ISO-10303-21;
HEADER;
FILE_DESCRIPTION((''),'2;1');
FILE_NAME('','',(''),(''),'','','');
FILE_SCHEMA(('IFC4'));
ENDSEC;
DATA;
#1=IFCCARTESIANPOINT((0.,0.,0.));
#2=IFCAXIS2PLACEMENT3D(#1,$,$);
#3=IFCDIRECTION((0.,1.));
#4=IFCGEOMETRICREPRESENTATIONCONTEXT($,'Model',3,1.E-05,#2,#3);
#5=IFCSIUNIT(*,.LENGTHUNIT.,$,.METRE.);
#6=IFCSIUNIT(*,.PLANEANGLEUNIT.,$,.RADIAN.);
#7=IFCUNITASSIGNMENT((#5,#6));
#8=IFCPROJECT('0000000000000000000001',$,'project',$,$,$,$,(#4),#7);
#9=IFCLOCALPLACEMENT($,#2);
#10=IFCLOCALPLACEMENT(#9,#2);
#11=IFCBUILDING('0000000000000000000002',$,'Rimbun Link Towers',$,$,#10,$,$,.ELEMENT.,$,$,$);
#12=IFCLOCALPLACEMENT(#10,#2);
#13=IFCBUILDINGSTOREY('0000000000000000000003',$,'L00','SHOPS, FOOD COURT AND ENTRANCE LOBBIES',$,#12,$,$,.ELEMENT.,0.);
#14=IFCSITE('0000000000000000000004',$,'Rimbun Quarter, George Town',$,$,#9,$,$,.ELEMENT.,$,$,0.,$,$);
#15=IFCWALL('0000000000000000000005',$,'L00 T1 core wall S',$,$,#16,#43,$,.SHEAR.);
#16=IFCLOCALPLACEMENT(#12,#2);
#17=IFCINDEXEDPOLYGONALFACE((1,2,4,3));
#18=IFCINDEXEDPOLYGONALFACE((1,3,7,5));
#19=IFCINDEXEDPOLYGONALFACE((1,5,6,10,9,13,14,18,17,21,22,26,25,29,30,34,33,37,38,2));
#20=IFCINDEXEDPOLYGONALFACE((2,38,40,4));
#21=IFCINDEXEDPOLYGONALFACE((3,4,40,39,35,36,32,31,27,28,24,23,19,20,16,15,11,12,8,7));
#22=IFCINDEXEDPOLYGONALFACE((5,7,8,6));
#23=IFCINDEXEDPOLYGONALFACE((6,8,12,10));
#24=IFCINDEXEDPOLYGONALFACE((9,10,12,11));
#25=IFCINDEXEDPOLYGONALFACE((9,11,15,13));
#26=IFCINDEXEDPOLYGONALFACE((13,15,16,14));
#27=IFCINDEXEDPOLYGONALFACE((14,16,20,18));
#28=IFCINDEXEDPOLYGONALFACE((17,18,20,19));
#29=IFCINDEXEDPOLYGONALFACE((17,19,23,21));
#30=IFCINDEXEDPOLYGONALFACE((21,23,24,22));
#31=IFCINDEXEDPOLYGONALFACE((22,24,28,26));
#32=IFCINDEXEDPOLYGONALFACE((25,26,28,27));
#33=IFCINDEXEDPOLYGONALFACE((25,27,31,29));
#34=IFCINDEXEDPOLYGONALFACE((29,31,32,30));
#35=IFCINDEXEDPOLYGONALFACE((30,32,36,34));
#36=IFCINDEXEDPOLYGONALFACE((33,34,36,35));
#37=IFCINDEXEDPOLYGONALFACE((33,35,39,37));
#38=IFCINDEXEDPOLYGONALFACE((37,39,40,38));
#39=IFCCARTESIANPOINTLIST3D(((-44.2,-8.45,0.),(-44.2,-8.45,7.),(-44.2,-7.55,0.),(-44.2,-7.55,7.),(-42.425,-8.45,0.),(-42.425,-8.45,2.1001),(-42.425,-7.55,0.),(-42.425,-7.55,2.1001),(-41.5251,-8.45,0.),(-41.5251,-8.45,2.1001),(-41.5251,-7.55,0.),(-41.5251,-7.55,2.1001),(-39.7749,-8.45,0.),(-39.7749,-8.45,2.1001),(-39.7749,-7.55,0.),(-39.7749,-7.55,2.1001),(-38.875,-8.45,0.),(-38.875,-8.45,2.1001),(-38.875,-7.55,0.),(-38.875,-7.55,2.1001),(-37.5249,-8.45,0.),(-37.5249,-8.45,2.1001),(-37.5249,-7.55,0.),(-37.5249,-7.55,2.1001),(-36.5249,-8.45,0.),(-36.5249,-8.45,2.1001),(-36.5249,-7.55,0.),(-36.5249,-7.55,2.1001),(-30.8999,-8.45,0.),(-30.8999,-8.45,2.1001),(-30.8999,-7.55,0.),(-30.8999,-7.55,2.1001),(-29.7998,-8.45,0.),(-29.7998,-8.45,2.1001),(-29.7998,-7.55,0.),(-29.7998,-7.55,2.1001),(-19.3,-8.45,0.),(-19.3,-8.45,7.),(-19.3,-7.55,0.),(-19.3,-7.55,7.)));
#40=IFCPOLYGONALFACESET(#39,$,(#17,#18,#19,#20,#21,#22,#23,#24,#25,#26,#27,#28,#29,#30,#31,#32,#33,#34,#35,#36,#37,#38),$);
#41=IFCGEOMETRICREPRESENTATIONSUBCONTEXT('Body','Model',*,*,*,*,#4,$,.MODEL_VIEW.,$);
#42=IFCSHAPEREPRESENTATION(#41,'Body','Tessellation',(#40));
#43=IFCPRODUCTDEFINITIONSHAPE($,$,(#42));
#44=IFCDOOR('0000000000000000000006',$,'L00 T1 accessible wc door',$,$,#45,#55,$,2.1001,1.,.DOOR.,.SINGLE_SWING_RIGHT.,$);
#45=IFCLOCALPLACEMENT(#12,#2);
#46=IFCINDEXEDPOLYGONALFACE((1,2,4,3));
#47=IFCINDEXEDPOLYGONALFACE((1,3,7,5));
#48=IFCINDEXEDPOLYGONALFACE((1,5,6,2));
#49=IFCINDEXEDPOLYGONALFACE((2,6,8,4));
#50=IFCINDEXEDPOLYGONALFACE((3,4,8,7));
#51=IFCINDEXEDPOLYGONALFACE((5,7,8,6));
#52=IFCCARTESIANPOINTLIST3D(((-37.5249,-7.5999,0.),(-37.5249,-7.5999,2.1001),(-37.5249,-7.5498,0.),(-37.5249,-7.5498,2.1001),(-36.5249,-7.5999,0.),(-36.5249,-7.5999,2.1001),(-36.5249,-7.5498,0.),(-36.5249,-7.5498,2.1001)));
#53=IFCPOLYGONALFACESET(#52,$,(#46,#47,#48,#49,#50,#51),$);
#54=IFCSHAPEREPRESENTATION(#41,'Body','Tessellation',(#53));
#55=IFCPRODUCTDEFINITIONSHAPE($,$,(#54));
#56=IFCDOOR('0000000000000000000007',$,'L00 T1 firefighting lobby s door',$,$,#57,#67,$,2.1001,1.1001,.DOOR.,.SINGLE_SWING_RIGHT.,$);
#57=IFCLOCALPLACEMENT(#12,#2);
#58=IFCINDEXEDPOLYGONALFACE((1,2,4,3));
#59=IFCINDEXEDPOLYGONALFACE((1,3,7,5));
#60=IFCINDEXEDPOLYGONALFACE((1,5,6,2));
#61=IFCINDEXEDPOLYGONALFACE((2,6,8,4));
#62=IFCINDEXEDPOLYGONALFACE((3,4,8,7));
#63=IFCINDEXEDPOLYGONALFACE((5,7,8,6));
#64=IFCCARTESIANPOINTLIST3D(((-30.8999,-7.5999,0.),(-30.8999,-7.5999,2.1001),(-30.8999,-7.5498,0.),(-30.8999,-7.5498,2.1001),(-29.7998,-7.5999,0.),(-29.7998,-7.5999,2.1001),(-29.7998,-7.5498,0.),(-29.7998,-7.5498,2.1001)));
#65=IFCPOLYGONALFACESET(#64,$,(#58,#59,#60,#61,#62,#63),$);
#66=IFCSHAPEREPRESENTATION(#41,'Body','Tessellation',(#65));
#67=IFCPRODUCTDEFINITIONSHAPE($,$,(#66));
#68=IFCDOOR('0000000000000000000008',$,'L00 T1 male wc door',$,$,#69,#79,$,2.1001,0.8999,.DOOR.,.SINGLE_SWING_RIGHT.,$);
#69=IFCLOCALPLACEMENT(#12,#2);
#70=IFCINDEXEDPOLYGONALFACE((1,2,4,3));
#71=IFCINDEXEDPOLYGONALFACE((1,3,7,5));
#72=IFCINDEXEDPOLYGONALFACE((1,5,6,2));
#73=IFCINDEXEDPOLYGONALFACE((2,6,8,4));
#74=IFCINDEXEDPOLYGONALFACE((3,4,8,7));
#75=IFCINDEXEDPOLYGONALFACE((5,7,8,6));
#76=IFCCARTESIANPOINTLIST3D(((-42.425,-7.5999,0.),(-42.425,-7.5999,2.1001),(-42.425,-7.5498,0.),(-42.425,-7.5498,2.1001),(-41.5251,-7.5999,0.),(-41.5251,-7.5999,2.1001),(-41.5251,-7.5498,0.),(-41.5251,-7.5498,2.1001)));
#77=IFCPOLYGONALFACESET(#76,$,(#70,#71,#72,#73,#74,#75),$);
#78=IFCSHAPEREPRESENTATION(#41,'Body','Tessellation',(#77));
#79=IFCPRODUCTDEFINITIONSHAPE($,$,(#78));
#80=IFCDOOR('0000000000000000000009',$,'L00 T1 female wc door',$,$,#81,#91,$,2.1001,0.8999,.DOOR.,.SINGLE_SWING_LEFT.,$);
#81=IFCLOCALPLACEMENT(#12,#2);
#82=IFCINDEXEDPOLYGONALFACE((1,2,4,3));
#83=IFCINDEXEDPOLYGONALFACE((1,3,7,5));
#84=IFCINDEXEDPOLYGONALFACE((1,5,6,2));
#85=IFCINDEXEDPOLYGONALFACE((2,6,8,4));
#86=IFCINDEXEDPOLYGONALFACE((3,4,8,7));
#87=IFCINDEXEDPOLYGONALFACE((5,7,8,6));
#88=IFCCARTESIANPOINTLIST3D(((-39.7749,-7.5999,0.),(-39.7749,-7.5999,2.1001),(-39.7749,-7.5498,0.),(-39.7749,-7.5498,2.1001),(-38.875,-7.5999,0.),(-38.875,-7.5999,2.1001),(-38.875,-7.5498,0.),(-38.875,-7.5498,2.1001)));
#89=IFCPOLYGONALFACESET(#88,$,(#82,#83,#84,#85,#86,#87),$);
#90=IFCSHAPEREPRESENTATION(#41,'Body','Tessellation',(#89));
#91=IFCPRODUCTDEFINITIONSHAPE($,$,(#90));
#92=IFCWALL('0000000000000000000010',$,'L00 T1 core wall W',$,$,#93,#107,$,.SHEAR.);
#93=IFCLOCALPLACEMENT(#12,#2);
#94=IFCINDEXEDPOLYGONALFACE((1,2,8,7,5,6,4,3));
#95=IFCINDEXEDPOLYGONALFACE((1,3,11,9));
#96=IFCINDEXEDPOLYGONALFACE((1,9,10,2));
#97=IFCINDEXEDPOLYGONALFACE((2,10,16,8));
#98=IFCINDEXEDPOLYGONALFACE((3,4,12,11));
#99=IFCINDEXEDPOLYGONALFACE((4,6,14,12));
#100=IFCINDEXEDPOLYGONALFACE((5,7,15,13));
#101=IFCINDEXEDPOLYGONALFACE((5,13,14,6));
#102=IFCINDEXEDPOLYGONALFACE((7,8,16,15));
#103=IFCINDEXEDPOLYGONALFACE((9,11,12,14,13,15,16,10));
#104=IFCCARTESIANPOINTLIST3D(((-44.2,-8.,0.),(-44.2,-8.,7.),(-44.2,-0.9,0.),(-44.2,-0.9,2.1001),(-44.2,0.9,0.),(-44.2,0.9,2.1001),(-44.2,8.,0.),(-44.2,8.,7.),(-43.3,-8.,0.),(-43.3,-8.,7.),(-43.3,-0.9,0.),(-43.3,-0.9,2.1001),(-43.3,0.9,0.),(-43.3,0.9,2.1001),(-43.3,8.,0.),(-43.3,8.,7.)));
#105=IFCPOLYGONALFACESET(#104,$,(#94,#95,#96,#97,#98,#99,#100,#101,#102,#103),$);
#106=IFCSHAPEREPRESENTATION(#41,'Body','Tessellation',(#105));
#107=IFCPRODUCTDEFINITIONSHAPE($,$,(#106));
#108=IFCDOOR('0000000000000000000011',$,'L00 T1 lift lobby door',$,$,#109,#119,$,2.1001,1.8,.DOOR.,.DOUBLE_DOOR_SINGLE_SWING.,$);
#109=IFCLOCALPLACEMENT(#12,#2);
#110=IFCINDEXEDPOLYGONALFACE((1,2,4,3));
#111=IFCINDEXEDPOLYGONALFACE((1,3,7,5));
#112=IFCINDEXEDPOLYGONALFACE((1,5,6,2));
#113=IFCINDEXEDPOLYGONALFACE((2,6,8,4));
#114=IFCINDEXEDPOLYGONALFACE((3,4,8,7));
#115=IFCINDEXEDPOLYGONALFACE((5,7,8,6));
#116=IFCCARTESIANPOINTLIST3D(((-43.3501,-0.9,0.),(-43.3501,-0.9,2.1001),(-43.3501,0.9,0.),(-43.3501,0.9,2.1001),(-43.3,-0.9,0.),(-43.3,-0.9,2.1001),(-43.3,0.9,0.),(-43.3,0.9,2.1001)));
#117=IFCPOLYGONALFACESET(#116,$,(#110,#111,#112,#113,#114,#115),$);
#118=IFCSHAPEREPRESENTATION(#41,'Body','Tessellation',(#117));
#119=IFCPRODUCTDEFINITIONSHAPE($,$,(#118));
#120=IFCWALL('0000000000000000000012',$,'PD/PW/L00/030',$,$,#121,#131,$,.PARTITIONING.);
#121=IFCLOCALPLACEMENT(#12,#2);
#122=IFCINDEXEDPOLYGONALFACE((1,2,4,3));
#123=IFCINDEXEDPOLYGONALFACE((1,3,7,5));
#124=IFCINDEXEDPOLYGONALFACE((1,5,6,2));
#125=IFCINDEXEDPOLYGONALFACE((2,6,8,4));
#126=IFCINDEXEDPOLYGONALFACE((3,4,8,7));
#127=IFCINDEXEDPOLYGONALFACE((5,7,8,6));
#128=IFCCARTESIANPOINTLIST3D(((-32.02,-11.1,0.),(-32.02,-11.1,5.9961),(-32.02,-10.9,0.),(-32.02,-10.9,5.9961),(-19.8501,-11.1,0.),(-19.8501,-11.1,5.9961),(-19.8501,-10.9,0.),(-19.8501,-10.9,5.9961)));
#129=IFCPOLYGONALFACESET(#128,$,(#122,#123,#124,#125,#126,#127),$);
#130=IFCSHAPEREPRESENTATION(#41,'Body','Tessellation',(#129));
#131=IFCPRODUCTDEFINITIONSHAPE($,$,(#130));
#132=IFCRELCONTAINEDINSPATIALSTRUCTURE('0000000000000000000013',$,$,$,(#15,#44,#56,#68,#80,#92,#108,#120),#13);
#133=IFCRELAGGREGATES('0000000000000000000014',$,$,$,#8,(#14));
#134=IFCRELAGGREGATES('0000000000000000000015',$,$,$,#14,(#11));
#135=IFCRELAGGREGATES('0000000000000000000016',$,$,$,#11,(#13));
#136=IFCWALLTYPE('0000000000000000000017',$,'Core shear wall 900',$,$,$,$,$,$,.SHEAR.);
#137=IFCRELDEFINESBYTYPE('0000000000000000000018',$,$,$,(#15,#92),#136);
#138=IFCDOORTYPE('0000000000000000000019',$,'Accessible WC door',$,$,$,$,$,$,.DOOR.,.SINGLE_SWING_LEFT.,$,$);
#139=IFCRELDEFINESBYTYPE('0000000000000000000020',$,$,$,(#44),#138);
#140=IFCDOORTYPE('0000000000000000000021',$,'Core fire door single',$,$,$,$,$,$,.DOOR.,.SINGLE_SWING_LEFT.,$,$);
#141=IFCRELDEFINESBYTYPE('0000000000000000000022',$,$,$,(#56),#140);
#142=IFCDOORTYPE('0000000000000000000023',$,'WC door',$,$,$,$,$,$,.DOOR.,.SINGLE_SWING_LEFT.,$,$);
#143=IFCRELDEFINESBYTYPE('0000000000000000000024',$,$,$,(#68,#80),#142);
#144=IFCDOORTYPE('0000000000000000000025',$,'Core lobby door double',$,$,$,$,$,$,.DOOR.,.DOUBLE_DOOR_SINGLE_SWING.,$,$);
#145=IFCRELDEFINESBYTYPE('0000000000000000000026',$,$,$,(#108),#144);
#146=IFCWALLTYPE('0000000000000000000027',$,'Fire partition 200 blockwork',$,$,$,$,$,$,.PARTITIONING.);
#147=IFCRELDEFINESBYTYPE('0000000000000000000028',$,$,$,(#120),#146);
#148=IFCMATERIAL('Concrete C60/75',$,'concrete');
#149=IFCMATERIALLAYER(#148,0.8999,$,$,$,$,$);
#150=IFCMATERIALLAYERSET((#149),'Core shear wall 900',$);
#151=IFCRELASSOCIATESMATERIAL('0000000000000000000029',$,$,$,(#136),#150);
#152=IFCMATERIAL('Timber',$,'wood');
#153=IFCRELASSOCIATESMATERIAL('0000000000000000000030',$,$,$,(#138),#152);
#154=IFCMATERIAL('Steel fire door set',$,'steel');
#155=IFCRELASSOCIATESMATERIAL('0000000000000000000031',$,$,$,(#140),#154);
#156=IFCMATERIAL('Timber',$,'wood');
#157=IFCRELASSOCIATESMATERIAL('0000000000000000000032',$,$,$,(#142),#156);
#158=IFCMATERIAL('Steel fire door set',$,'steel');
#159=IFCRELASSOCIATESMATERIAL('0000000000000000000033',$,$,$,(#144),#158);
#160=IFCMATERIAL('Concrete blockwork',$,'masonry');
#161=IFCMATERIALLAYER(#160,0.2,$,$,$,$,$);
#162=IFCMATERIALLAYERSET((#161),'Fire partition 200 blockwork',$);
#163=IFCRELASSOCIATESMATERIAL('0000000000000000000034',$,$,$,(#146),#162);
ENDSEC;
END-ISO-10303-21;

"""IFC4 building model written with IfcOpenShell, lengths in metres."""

from ifc_helpers import new_model, si_unit, direction, frame, frame_2d, origin, place, context, subcontext, project, spatial, rectangle, extrude, material, layer, layer_set, type_object, element, fill, save


model = new_model("IFC4")

# Units and contexts
model_context = context("Model", 3, precision=1e-05, world=origin(), true_north=direction((0.0, 1.0)))
body_context = subcontext(model_context, "Body", "Model", "MODEL_VIEW")
ifc_project = project(units=[si_unit("LENGTHUNIT", "METRE"), si_unit("PLANEANGLEUNIT", "RADIAN")], contexts=[model_context])

# Site, building, storey
site_placement = place(None, origin())
site = spatial("IfcSite", under=ifc_project, at=site_placement, Name="Rimbun Quarter, George Town", CompositionType="ELEMENT", RefElevation=0.0)
building_placement = place(site_placement, origin())
building = spatial("IfcBuilding", under=site, at=building_placement, Name="Rimbun Link Towers", CompositionType="ELEMENT")
storey_placement = place(building_placement, origin())
storey = spatial("IfcBuildingStorey", under=building, at=storey_placement, Name="L00", Description="SHOPS, FOOD COURT AND ENTRANCE LOBBIES", CompositionType="ELEMENT", Elevation=0.0)

# Wall, openings, doors
ifc_material_1 = material(Name="Concrete C60/75", Category="concrete")
ifc_layer_1 = layer(ifc_material_1, 0.8999)
ifc_layer_set_1 = layer_set([ifc_layer_1], Name="Core shear wall 900")
wall_type_1 = type_object("IfcWallType", Name="Core shear wall 900", PredefinedType="SHEAR", material=ifc_layer_set_1)
wall_1_placement = place(storey_placement, frame((-44.2, -8.0, 0.0), z_axis=(0.0, 0.0, 1.0), x_axis=(1.0, 0.0, 0.0)))
wall_1 = element("IfcWall", 1, at=wall_1_placement, inside=storey, type_object=wall_type_1, Name="L00 T1 core wall S", PredefinedType="SHEAR", context=body_context, shape_type="SweptSolid", body=[
    extrude(rectangle(XDim=24.8999, YDim=0.8999, at=frame_2d((12.45, 0.0))), origin(), (0.0, 0.0, 1.0), 7.0),
])
opening_1_placement = place(wall_1_placement, frame((13.3, 0.0, 0.0)))
opening_1 = element("IfcOpeningElement", 2, at=opening_1_placement, cuts=wall_1, PredefinedType="OPENING", context=body_context, shape_type="SweptSolid", body=[
    extrude(rectangle(XDim=1.1001, YDim=2.1001, at=frame_2d((0.55, 1.05))), frame((0.0, 0.46, 0.0), z_axis=(0.0, -1.0, 0.0), x_axis=(1.0, 0.0, 0.0)), (0.0, 0.0, 1.0), 0.9199),
])
opening_2_placement = place(wall_1_placement, frame((1.7749, 0.0, 0.0)))
opening_2 = element("IfcOpeningElement", 3, at=opening_2_placement, cuts=wall_1, PredefinedType="OPENING", context=body_context, shape_type="SweptSolid", body=[
    extrude(rectangle(XDim=0.8999, YDim=2.1001, at=frame_2d((0.45, 1.05))), frame((0.0, 0.46, 0.0), z_axis=(0.0, -1.0, 0.0), x_axis=(1.0, 0.0, 0.0)), (0.0, 0.0, 1.0), 0.9199),
])
opening_3_placement = place(wall_1_placement, frame((4.425, 0.0, 0.0)))
opening_3 = element("IfcOpeningElement", 4, at=opening_3_placement, cuts=wall_1, PredefinedType="OPENING", context=body_context, shape_type="SweptSolid", body=[
    extrude(rectangle(XDim=0.8999, YDim=2.1001, at=frame_2d((0.45, 1.05))), frame((0.0, 0.46, 0.0), z_axis=(0.0, -1.0, 0.0), x_axis=(1.0, 0.0, 0.0)), (0.0, 0.0, 1.0), 0.9199),
])
opening_4_placement = place(wall_1_placement, frame((6.675, 0.0, 0.0)))
opening_4 = element("IfcOpeningElement", 5, at=opening_4_placement, cuts=wall_1, PredefinedType="OPENING", context=body_context, shape_type="SweptSolid", body=[
    extrude(rectangle(XDim=1.0, YDim=2.1001, at=frame_2d((0.5, 1.05))), frame((0.0, 0.46, 0.0), z_axis=(0.0, -1.0, 0.0), x_axis=(1.0, 0.0, 0.0)), (0.0, 0.0, 1.0), 0.9199),
])
ifc_material_2 = material(Name="Timber", Category="wood")
door_type_1 = type_object("IfcDoorType", Name="Accessible WC door", OperationType="SINGLE_SWING_LEFT", PredefinedType="DOOR", material=ifc_material_2)
door_1_placement = place(opening_4_placement, origin())
door_1 = element("IfcDoor", 6, at=door_1_placement, inside=storey, type_object=door_type_1, Name="L00 T1 accessible wc door", OperationType="SINGLE_SWING_RIGHT", OverallHeight=2.1001, OverallWidth=1.0, PredefinedType="DOOR", context=body_context, shape_type="SweptSolid", body=[
    extrude(rectangle(XDim=1.0, YDim=2.1001, at=frame_2d((0.5, 1.05))), frame((0.0, 0.4502, 0.0), z_axis=(0.0, -1.0, 0.0), x_axis=(1.0, 0.0, 0.0)), (0.0, 0.0, 1.0), 0.05),
])
fill(opening_4, door_1)
ifc_material_3 = material(Name="Steel fire door set", Category="steel")
door_type_2 = type_object("IfcDoorType", Name="Core fire door single", OperationType="SINGLE_SWING_LEFT", PredefinedType="DOOR", material=ifc_material_3)
door_2_placement = place(opening_1_placement, origin())
door_2 = element("IfcDoor", 7, at=door_2_placement, inside=storey, type_object=door_type_2, Name="L00 T1 firefighting lobby s door", OperationType="SINGLE_SWING_RIGHT", OverallHeight=2.1001, OverallWidth=1.1001, PredefinedType="DOOR", context=body_context, shape_type="SweptSolid", body=[
    extrude(rectangle(XDim=1.1001, YDim=2.1001, at=frame_2d((0.55, 1.05))), frame((0.0, 0.4502, 0.0), z_axis=(0.0, -1.0, 0.0), x_axis=(1.0, 0.0, 0.0)), (0.0, 0.0, 1.0), 0.05),
])
fill(opening_1, door_2)
ifc_material_4 = material(Name="Timber", Category="wood")
door_type_3 = type_object("IfcDoorType", Name="WC door", OperationType="SINGLE_SWING_LEFT", PredefinedType="DOOR", material=ifc_material_4)
door_3_placement = place(opening_2_placement, origin())
door_3 = element("IfcDoor", 8, at=door_3_placement, inside=storey, type_object=door_type_3, Name="L00 T1 male wc door", OperationType="SINGLE_SWING_RIGHT", OverallHeight=2.1001, OverallWidth=0.8999, PredefinedType="DOOR", context=body_context, shape_type="SweptSolid", body=[
    extrude(rectangle(XDim=0.8999, YDim=2.1001, at=frame_2d((0.45, 1.05))), frame((0.0, 0.4502, 0.0), z_axis=(0.0, -1.0, 0.0), x_axis=(1.0, 0.0, 0.0)), (0.0, 0.0, 1.0), 0.05),
])
fill(opening_2, door_3)
door_4_placement = place(opening_3_placement, origin())
door_4 = element("IfcDoor", 9, at=door_4_placement, inside=storey, type_object=door_type_3, Name="L00 T1 female wc door", OperationType="SINGLE_SWING_LEFT", OverallHeight=2.1001, OverallWidth=0.8999, PredefinedType="DOOR", context=body_context, shape_type="SweptSolid", body=[
    extrude(rectangle(XDim=0.8999, YDim=2.1001, at=frame_2d((0.45, 1.05))), frame((0.0, 0.4502, 0.0), z_axis=(0.0, -1.0, 0.0), x_axis=(1.0, 0.0, 0.0)), (0.0, 0.0, 1.0), 0.05),
])
fill(opening_3, door_4)

# Wall, opening, door
wall_2_placement = place(storey_placement, frame((-43.75, -8.0, 0.0), z_axis=(0.0, 0.0, 1.0), x_axis=(0.0, 1.0, 0.0)))
wall_2 = element("IfcWall", 10, at=wall_2_placement, inside=storey, type_object=wall_type_1, Name="L00 T1 core wall W", PredefinedType="SHEAR", context=body_context, shape_type="SweptSolid", body=[
    extrude(rectangle(XDim=16.0, YDim=0.8999, at=frame_2d((8.0, 0.0))), origin(), (0.0, 0.0, 1.0), 7.0),
])
opening_5_placement = place(wall_2_placement, frame((7.1001, 0.0, 0.0)))
opening_5 = element("IfcOpeningElement", 11, at=opening_5_placement, cuts=wall_2, PredefinedType="OPENING", context=body_context, shape_type="SweptSolid", body=[
    extrude(rectangle(XDim=1.8, YDim=2.1001, at=frame_2d((0.8999, 1.05))), frame((0.0, 0.46, 0.0), z_axis=(0.0, -1.0, 0.0), x_axis=(1.0, 0.0, 0.0)), (0.0, 0.0, 1.0), 0.9199),
])
ifc_material_5 = material(Name="Steel fire door set", Category="steel")
door_type_4 = type_object("IfcDoorType", Name="Core lobby door double", OperationType="DOUBLE_DOOR_SINGLE_SWING", PredefinedType="DOOR", material=ifc_material_5)
door_5_placement = place(opening_5_placement, origin())
door_5 = element("IfcDoor", 12, at=door_5_placement, inside=storey, type_object=door_type_4, Name="L00 T1 lift lobby door", OperationType="DOUBLE_DOOR_SINGLE_SWING", OverallHeight=2.1001, OverallWidth=1.8, PredefinedType="DOOR", context=body_context, shape_type="SweptSolid", body=[
    extrude(rectangle(XDim=1.8, YDim=2.1001, at=frame_2d((0.8999, 1.05))), frame((0.0, -0.3999, 0.0), z_axis=(0.0, -1.0, 0.0), x_axis=(1.0, 0.0, 0.0)), (0.0, 0.0, 1.0), 0.05),
])
fill(opening_5, door_5)

# Wall
ifc_material_6 = material(Name="Concrete blockwork", Category="masonry")
ifc_layer_2 = layer(ifc_material_6, 0.2)
ifc_layer_set_2 = layer_set([ifc_layer_2], Name="Fire partition 200 blockwork")
wall_type_2 = type_object("IfcWallType", Name="Fire partition 200 blockwork", PredefinedType="PARTITIONING", material=ifc_layer_set_2)
wall_3_placement = place(storey_placement, frame((-32.02, -11.0, 0.0), z_axis=(0.0, 0.0, 1.0), x_axis=(1.0, 0.0, 0.0)))
element("IfcWall", 13, at=wall_3_placement, inside=storey, type_object=wall_type_2, Name="PD/PW/L00/030", PredefinedType="PARTITIONING", context=body_context, shape_type="SweptSolid", body=[
    extrude(rectangle(XDim=12.1699, YDim=0.2, at=frame_2d((6.085, 0.0))), origin(), (0.0, 0.0, 1.0), 5.9961),
])

save(model, "model.ifc")
